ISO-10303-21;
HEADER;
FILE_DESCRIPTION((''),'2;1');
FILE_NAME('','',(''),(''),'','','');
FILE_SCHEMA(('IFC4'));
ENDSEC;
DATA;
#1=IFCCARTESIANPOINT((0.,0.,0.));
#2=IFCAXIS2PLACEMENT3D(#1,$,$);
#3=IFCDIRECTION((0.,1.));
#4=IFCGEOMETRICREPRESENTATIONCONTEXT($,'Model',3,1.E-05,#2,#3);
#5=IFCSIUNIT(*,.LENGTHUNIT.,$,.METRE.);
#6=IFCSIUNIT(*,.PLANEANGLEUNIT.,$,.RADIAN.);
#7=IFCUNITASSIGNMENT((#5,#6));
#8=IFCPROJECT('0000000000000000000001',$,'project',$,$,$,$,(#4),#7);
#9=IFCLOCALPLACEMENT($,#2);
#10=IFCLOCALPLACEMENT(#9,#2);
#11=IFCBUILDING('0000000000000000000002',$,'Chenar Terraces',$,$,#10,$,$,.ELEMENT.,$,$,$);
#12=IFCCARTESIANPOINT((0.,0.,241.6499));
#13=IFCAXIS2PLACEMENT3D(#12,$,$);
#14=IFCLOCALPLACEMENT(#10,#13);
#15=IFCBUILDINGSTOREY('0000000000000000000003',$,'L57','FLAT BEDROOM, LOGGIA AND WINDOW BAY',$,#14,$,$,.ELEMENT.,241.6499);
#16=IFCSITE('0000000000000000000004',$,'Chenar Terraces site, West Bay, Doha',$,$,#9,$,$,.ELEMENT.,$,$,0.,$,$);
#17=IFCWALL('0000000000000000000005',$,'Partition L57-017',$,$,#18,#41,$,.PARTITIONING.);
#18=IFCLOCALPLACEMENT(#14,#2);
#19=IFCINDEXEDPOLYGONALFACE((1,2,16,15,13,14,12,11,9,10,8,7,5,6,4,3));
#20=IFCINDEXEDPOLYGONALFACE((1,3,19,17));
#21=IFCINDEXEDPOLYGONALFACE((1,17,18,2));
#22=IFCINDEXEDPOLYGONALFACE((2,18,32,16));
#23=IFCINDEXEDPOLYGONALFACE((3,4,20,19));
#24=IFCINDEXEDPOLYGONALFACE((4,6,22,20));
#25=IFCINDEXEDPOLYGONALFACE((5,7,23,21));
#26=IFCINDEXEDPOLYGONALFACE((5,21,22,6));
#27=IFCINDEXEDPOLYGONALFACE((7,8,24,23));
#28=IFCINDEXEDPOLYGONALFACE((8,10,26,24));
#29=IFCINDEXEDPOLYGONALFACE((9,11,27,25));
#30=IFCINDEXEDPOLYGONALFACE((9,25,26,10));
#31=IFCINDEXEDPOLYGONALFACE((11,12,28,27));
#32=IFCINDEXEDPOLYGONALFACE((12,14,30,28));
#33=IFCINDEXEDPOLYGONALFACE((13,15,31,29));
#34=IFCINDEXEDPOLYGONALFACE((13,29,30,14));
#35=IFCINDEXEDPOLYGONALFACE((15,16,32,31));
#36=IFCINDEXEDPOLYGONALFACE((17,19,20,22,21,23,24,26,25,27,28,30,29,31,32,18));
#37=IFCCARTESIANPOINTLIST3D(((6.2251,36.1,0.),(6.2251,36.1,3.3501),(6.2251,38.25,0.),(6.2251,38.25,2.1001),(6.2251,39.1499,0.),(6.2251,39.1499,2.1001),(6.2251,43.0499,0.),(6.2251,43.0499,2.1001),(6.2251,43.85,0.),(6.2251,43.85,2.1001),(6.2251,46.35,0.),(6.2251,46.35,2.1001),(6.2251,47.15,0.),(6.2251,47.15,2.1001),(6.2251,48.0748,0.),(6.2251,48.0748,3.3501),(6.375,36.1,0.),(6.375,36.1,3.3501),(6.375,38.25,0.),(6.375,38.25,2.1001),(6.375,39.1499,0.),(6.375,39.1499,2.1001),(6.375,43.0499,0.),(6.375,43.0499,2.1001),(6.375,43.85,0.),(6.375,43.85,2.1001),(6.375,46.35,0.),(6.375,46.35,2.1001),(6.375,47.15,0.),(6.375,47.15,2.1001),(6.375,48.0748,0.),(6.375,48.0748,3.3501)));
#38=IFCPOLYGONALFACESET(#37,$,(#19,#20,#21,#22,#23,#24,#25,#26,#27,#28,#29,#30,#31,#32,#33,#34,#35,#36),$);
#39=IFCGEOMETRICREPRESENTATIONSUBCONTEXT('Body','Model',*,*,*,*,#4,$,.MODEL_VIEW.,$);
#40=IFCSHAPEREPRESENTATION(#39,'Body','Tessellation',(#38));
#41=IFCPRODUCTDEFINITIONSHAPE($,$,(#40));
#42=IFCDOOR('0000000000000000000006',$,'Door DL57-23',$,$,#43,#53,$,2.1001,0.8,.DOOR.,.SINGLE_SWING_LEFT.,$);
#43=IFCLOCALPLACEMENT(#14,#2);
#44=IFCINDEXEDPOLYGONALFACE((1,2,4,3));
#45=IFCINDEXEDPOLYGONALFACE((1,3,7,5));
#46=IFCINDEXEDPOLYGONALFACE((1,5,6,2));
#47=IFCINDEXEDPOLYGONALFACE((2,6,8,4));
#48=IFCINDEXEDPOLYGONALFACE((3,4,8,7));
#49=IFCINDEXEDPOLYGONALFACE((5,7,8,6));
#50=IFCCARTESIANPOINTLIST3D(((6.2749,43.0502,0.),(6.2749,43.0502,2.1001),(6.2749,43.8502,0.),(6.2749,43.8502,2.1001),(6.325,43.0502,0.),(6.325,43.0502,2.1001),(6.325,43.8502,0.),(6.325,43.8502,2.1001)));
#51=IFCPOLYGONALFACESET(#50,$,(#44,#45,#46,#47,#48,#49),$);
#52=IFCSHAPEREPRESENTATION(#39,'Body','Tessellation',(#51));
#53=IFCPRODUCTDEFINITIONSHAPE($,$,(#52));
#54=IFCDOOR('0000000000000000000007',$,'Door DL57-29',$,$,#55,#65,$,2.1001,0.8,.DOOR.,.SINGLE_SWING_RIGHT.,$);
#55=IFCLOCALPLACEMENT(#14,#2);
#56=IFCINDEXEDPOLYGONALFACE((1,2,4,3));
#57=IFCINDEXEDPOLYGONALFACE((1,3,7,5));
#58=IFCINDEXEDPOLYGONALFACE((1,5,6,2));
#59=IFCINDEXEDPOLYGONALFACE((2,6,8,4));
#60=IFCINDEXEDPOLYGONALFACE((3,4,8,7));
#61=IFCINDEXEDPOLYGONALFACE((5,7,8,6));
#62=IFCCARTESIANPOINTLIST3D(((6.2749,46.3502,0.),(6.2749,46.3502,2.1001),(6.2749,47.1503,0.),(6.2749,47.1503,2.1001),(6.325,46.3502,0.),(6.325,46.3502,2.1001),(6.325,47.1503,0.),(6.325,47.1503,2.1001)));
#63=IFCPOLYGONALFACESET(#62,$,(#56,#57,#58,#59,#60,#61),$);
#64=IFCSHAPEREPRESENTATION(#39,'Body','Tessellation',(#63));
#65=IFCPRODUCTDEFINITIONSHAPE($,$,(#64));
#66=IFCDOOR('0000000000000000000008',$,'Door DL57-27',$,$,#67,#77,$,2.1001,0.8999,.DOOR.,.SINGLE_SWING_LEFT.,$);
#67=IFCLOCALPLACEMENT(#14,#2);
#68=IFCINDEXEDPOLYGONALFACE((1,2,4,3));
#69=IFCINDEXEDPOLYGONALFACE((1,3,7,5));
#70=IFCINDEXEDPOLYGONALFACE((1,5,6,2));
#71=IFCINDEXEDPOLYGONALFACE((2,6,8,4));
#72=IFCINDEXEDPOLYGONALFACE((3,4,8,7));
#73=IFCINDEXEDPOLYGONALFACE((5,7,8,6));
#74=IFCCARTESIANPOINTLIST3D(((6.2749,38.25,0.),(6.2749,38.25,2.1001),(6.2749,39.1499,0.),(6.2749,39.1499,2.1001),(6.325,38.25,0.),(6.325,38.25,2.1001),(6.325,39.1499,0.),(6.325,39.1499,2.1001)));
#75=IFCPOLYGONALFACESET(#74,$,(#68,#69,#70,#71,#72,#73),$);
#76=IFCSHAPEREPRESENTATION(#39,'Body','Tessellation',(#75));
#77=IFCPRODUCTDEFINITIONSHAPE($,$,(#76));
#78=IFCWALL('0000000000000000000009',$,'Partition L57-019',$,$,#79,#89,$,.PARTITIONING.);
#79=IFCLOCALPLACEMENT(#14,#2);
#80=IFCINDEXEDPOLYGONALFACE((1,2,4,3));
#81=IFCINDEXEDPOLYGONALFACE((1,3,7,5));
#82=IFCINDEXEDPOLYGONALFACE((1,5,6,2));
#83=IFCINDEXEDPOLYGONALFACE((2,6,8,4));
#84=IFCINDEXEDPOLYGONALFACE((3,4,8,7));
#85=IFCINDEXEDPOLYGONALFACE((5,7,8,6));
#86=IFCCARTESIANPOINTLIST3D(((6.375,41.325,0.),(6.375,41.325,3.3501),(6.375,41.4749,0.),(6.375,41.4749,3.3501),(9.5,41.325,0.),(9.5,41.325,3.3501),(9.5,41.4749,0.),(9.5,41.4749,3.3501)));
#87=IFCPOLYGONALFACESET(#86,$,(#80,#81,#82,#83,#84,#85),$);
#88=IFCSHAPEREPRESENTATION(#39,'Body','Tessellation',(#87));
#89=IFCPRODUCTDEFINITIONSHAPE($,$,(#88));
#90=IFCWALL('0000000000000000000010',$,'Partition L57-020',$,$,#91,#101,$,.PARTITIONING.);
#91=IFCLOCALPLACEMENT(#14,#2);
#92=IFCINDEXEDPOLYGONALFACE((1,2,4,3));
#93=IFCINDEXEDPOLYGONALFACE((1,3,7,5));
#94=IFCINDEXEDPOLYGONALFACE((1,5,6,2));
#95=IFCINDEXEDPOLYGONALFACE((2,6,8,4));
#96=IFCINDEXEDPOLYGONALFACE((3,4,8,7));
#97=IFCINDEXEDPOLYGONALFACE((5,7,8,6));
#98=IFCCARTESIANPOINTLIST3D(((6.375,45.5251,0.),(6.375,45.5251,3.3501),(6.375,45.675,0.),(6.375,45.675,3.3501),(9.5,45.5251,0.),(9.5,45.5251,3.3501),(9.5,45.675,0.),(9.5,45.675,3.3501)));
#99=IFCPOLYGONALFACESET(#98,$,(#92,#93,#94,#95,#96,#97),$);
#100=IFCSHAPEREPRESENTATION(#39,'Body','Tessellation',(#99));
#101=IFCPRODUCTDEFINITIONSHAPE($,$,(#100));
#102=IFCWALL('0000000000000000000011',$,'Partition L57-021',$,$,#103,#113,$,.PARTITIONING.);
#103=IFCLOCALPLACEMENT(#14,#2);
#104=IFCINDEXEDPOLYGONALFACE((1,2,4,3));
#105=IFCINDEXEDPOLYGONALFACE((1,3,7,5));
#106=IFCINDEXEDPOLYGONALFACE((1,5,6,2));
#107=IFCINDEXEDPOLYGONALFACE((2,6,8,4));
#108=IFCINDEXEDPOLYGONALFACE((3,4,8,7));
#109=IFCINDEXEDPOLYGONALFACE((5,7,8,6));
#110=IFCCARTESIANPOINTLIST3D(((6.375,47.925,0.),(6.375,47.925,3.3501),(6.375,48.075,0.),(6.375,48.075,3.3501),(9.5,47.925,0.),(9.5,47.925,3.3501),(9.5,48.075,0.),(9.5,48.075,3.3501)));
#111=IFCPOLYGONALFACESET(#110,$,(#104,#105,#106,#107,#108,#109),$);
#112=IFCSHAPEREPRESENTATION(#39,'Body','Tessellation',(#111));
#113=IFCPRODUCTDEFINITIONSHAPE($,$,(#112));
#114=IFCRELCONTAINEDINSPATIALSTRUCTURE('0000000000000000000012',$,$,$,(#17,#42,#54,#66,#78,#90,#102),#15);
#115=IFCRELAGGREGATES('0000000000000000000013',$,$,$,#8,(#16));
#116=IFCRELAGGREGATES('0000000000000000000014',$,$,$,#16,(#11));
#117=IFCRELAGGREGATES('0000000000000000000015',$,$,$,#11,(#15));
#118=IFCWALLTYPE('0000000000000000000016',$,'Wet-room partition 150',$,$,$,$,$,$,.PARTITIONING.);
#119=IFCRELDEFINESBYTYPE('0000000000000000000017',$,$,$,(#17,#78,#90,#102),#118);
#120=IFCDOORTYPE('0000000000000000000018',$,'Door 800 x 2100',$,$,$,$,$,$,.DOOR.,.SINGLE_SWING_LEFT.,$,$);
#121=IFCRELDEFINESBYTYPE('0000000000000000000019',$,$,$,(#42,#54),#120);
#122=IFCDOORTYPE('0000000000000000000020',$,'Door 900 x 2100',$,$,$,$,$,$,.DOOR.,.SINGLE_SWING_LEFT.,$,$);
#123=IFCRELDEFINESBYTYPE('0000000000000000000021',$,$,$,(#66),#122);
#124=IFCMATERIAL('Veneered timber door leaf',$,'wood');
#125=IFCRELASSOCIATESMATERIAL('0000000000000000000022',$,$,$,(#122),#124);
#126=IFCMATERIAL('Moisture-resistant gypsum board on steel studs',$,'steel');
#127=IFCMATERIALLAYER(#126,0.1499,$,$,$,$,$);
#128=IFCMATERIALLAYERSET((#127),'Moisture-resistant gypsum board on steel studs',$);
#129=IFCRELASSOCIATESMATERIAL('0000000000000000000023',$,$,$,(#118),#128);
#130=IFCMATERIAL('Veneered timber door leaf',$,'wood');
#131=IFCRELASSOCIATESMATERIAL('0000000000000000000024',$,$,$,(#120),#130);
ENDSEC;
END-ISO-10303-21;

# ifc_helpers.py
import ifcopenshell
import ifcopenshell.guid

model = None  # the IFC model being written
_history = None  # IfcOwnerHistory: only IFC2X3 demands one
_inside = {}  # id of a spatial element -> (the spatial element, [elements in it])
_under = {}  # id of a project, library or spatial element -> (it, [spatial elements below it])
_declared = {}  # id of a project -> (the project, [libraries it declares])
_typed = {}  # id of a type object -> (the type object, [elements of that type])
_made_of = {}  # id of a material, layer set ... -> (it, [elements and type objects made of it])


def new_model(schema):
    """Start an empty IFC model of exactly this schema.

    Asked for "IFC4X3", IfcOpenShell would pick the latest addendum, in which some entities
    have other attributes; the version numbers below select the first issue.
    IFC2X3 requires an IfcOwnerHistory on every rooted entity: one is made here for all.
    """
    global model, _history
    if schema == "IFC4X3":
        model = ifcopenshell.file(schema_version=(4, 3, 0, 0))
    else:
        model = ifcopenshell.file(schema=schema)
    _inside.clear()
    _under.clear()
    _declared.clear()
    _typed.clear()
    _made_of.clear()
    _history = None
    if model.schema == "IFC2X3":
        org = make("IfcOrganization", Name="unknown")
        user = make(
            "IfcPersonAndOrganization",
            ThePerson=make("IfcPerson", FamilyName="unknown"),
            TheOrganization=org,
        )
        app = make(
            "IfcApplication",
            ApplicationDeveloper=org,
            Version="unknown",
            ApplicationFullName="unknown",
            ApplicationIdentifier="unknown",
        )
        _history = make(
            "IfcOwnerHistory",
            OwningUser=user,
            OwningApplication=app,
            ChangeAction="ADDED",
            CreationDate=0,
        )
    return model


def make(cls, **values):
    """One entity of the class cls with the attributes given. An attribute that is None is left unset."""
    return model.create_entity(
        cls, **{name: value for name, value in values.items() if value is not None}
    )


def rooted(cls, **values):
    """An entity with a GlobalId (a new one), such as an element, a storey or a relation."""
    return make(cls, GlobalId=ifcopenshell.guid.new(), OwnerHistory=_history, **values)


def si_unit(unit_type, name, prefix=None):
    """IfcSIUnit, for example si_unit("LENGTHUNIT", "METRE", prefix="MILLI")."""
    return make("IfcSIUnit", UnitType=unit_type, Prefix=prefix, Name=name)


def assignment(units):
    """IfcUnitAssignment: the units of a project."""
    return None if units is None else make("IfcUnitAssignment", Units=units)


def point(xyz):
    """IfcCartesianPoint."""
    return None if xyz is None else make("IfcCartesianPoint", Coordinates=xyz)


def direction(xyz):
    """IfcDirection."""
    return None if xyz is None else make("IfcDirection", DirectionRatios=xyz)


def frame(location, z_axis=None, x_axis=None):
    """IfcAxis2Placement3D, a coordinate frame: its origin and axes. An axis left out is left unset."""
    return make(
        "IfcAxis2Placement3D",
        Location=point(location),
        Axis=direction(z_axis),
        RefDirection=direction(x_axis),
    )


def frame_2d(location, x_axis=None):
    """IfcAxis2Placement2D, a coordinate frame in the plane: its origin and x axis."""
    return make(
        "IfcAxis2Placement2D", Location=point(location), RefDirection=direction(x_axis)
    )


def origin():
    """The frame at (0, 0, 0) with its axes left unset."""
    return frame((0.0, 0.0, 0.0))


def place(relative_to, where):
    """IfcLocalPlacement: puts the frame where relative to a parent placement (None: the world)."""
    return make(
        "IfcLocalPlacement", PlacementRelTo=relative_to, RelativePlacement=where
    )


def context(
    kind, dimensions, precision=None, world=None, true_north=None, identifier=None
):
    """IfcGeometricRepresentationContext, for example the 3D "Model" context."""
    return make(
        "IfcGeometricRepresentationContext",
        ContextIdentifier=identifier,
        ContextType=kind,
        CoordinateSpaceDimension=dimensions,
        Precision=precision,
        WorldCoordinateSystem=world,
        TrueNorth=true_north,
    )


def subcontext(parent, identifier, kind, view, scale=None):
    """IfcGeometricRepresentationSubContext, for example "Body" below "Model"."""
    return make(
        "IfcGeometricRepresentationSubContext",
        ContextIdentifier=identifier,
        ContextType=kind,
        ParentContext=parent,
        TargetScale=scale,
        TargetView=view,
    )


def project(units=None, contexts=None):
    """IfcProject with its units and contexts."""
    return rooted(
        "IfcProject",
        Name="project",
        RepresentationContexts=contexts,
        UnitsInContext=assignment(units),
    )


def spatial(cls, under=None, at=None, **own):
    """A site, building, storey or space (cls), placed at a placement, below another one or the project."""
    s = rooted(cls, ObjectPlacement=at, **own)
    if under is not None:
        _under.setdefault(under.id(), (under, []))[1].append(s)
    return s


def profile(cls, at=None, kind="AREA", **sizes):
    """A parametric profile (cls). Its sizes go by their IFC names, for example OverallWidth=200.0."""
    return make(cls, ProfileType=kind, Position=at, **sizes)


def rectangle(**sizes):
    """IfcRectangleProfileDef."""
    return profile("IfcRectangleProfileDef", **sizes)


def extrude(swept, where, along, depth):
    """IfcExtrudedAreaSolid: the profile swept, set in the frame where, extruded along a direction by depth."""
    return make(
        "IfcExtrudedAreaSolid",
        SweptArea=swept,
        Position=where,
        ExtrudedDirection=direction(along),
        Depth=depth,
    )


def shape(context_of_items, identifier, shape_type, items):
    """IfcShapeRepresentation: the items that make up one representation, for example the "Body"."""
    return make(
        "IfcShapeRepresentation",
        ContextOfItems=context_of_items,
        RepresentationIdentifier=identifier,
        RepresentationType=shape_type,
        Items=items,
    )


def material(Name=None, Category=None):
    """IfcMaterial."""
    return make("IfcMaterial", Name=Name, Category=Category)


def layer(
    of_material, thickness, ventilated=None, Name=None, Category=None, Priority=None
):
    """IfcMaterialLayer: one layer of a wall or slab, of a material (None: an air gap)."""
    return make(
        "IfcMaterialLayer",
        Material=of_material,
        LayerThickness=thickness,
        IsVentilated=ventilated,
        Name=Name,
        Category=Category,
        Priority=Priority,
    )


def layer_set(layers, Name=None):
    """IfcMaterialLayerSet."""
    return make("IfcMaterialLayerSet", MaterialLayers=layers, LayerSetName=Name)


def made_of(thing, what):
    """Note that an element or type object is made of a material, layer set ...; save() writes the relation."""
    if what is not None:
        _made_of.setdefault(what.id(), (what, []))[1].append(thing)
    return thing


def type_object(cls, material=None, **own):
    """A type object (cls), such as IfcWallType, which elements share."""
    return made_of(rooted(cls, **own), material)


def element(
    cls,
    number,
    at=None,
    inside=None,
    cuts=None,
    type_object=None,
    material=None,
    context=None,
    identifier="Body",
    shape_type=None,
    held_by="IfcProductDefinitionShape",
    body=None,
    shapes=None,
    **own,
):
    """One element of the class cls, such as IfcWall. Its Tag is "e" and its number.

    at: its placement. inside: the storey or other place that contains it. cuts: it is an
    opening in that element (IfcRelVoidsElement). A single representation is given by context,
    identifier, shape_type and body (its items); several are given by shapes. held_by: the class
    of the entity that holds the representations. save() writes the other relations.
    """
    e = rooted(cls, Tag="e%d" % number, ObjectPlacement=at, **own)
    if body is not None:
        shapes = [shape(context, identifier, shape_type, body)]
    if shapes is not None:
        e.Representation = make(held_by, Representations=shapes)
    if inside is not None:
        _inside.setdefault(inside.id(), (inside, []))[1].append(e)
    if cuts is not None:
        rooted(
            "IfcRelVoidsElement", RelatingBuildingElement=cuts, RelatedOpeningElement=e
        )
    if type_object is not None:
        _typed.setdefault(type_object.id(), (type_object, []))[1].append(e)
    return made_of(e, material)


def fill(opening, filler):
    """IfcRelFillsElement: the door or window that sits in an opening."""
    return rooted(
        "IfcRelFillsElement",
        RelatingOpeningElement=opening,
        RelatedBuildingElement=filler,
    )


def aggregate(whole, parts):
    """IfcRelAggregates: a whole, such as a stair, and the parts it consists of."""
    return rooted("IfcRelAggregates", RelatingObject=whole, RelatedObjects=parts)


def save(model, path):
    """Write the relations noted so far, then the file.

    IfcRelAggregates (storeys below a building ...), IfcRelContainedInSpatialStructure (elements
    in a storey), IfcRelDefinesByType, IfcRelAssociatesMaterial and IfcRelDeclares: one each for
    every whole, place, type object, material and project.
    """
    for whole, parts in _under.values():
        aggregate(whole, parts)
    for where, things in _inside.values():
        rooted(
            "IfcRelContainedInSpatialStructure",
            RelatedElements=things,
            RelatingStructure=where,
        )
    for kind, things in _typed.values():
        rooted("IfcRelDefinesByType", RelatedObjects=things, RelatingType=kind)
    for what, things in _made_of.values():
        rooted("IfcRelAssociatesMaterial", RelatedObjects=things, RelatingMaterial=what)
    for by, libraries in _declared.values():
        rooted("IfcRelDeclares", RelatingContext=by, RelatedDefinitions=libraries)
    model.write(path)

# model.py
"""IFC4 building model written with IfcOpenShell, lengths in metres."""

from ifc_helpers import new_model, si_unit, direction, frame, frame_2d, origin, place, context, subcontext, project, spatial, rectangle, extrude, material, layer, layer_set, type_object, element, fill, save


model = new_model("IFC4")

# Units and contexts
model_context = context("Model", 3, precision=1e-05, world=origin(), true_north=direction((0.0, 1.0)))
body_context = subcontext(model_context, "Body", "Model", "MODEL_VIEW")
ifc_project = project(units=[si_unit("LENGTHUNIT", "METRE"), si_unit("PLANEANGLEUNIT", "RADIAN")], contexts=[model_context])

# Site, building, storey
site_placement = place(None, origin())
site = spatial("IfcSite", under=ifc_project, at=site_placement, Name="Chenar Terraces site, West Bay, Doha", CompositionType="ELEMENT", RefElevation=0.0)
building_placement = place(site_placement, origin())
building = spatial("IfcBuilding", under=site, at=building_placement, Name="Chenar Terraces", CompositionType="ELEMENT")
storey_placement = place(building_placement, frame((0.0, 0.0, 241.6499)))
storey = spatial("IfcBuildingStorey", under=building, at=storey_placement, Name="L57", Description="FLAT BEDROOM, LOGGIA AND WINDOW BAY", CompositionType="ELEMENT", Elevation=241.6499)

# Shared definitions
ifc_material_1 = material(Name="Veneered timber door leaf", Category="wood")
door_type_1 = type_object("IfcDoorType", Name="Door 900 x 2100", OperationType="SINGLE_SWING_LEFT", PredefinedType="DOOR", material=ifc_material_1)

# Wall, openings, doors
ifc_material_2 = material(Name="Moisture-resistant gypsum board on steel studs", Category="steel")
ifc_layer_1 = layer(ifc_material_2, 0.1499)
ifc_layer_set_1 = layer_set([ifc_layer_1], Name="Moisture-resistant gypsum board on steel studs")
wall_type_1 = type_object("IfcWallType", Name="Wet-room partition 150", PredefinedType="PARTITIONING", material=ifc_layer_set_1)
wall_1_placement = place(storey_placement, frame((6.3, 36.1001, 0.0), z_axis=(0.0, 0.0, 1.0), x_axis=(0.0, 1.0, 0.0)))
wall_1 = element("IfcWall", 1, at=wall_1_placement, inside=storey, type_object=wall_type_1, Name="Partition L57-017", PredefinedType="PARTITIONING", context=body_context, shape_type="SweptSolid", body=[
    extrude(rectangle(XDim=11.9749, YDim=0.1499, at=frame_2d((5.9873, 0.0))), origin(), (0.0, 0.0, 1.0), 3.3501),
])
opening_1_placement = place(wall_1_placement, frame((6.95, 0.0, 0.0)))
opening_1 = element("IfcOpeningElement", 2, at=opening_1_placement, cuts=wall_1, PredefinedType="OPENING", context=body_context, shape_type="SweptSolid", body=[
    extrude(rectangle(XDim=0.8, YDim=2.1001, at=frame_2d((0.3999, 1.05))), frame((0.0, 0.085, 0.0), z_axis=(0.0, -1.0, 0.0), x_axis=(1.0, 0.0, 0.0)), (0.0, 0.0, 1.0), 0.1699),
])
opening_2_placement = place(wall_1_placement, frame((2.1499, 0.0, 0.0)))
opening_2 = element("IfcOpeningElement", 3, at=opening_2_placement, cuts=wall_1, PredefinedType="OPENING", context=body_context, shape_type="SweptSolid", body=[
    extrude(rectangle(XDim=0.8999, YDim=2.1001, at=frame_2d((0.45, 1.05))), frame((0.0, 0.085, 0.0), z_axis=(0.0, -1.0, 0.0), x_axis=(1.0, 0.0, 0.0)), (0.0, 0.0, 1.0), 0.1699),
])
opening_3_placement = place(wall_1_placement, frame((10.25, 0.0, 0.0)))
opening_3 = element("IfcOpeningElement", 4, at=opening_3_placement, cuts=wall_1, PredefinedType="OPENING", context=body_context, shape_type="SweptSolid", body=[
    extrude(rectangle(XDim=0.8, YDim=2.1001, at=frame_2d((0.3999, 1.05))), frame((0.0, 0.085, 0.0), z_axis=(0.0, -1.0, 0.0), x_axis=(1.0, 0.0, 0.0)), (0.0, 0.0, 1.0), 0.1699),
])
ifc_material_3 = material(Name="Veneered timber door leaf", Category="wood")
door_type_2 = type_object("IfcDoorType", Name="Door 800 x 2100", OperationType="SINGLE_SWING_LEFT", PredefinedType="DOOR", material=ifc_material_3)
door_1_placement = place(opening_1_placement, frame((0.8, 0.0, 0.0), z_axis=(0.0, 0.0, 1.0), x_axis=(-1.0, 0.0, 0.0)))
door_1 = element("IfcDoor", 5, at=door_1_placement, inside=storey, type_object=door_type_2, Name="Door DL57-23", OperationType="SINGLE_SWING_LEFT", OverallHeight=2.1001, OverallWidth=0.8, PredefinedType="DOOR", context=body_context, shape_type="SweptSolid", body=[
    extrude(rectangle(XDim=0.8, YDim=2.1001, at=frame_2d((0.3999, 1.05))), frame((0.0, 0.0249, 0.0), z_axis=(0.0, -1.0, 0.0), x_axis=(1.0, 0.0, 0.0)), (0.0, 0.0, 1.0), 0.05),
])
fill(opening_1, door_1)
door_2_placement = place(opening_3_placement, frame((0.8, 0.0, 0.0), z_axis=(0.0, 0.0, 1.0), x_axis=(-1.0, 0.0, 0.0)))
door_2 = element("IfcDoor", 6, at=door_2_placement, inside=storey, type_object=door_type_2, Name="Door DL57-29", OperationType="SINGLE_SWING_RIGHT", OverallHeight=2.1001, OverallWidth=0.8, PredefinedType="DOOR", context=body_context, shape_type="SweptSolid", body=[
    extrude(rectangle(XDim=0.8, YDim=2.1001, at=frame_2d((0.3999, 1.05))), frame((0.0, 0.0249, 0.0), z_axis=(0.0, -1.0, 0.0), x_axis=(1.0, 0.0, 0.0)), (0.0, 0.0, 1.0), 0.05),
])
fill(opening_3, door_2)
door_3_placement = place(opening_2_placement, frame((0.8999, 0.0, 0.0), z_axis=(0.0, 0.0, 1.0), x_axis=(-1.0, 0.0, 0.0)))
door_3 = element("IfcDoor", 7, at=door_3_placement, inside=storey, type_object=door_type_1, Name="Door DL57-27", OperationType="SINGLE_SWING_LEFT", OverallHeight=2.1001, OverallWidth=0.8999, PredefinedType="DOOR", context=body_context, shape_type="SweptSolid", body=[
    extrude(rectangle(XDim=0.8999, YDim=2.1001, at=frame_2d((0.45, 1.05))), frame((0.0, 0.0249, 0.0), z_axis=(0.0, -1.0, 0.0), x_axis=(1.0, 0.0, 0.0)), (0.0, 0.0, 1.0), 0.05),
])
fill(opening_2, door_3)

# Walls
for number, where, z_axis, x_axis, name in (
    (8, (6.375, 41.3999, 0.0), (0.0, 0.0, 1.0), (1.0, 0.0, 0.0), "Partition L57-019"),
    (9, (6.375, 45.6001, 0.0), (0.0, 0.0, 1.0), (1.0, 0.0, 0.0), "Partition L57-020"),
    (10, (6.375, 48.0, 0.0), (0.0, 0.0, 1.0), (1.0, 0.0, 0.0), "Partition L57-021"),
):
    element("IfcWall", number, at=place(storey_placement, frame(where, z_axis=z_axis, x_axis=x_axis)), inside=storey, type_object=wall_type_1, Name=name, PredefinedType="PARTITIONING", context=body_context, shape_type="SweptSolid", body=[
        extrude(rectangle(XDim=3.125, YDim=0.1499, at=frame_2d((1.5625, 0.0))), origin(), (0.0, 0.0, 1.0), 3.3501),
    ])

save(model, "model.ifc")
